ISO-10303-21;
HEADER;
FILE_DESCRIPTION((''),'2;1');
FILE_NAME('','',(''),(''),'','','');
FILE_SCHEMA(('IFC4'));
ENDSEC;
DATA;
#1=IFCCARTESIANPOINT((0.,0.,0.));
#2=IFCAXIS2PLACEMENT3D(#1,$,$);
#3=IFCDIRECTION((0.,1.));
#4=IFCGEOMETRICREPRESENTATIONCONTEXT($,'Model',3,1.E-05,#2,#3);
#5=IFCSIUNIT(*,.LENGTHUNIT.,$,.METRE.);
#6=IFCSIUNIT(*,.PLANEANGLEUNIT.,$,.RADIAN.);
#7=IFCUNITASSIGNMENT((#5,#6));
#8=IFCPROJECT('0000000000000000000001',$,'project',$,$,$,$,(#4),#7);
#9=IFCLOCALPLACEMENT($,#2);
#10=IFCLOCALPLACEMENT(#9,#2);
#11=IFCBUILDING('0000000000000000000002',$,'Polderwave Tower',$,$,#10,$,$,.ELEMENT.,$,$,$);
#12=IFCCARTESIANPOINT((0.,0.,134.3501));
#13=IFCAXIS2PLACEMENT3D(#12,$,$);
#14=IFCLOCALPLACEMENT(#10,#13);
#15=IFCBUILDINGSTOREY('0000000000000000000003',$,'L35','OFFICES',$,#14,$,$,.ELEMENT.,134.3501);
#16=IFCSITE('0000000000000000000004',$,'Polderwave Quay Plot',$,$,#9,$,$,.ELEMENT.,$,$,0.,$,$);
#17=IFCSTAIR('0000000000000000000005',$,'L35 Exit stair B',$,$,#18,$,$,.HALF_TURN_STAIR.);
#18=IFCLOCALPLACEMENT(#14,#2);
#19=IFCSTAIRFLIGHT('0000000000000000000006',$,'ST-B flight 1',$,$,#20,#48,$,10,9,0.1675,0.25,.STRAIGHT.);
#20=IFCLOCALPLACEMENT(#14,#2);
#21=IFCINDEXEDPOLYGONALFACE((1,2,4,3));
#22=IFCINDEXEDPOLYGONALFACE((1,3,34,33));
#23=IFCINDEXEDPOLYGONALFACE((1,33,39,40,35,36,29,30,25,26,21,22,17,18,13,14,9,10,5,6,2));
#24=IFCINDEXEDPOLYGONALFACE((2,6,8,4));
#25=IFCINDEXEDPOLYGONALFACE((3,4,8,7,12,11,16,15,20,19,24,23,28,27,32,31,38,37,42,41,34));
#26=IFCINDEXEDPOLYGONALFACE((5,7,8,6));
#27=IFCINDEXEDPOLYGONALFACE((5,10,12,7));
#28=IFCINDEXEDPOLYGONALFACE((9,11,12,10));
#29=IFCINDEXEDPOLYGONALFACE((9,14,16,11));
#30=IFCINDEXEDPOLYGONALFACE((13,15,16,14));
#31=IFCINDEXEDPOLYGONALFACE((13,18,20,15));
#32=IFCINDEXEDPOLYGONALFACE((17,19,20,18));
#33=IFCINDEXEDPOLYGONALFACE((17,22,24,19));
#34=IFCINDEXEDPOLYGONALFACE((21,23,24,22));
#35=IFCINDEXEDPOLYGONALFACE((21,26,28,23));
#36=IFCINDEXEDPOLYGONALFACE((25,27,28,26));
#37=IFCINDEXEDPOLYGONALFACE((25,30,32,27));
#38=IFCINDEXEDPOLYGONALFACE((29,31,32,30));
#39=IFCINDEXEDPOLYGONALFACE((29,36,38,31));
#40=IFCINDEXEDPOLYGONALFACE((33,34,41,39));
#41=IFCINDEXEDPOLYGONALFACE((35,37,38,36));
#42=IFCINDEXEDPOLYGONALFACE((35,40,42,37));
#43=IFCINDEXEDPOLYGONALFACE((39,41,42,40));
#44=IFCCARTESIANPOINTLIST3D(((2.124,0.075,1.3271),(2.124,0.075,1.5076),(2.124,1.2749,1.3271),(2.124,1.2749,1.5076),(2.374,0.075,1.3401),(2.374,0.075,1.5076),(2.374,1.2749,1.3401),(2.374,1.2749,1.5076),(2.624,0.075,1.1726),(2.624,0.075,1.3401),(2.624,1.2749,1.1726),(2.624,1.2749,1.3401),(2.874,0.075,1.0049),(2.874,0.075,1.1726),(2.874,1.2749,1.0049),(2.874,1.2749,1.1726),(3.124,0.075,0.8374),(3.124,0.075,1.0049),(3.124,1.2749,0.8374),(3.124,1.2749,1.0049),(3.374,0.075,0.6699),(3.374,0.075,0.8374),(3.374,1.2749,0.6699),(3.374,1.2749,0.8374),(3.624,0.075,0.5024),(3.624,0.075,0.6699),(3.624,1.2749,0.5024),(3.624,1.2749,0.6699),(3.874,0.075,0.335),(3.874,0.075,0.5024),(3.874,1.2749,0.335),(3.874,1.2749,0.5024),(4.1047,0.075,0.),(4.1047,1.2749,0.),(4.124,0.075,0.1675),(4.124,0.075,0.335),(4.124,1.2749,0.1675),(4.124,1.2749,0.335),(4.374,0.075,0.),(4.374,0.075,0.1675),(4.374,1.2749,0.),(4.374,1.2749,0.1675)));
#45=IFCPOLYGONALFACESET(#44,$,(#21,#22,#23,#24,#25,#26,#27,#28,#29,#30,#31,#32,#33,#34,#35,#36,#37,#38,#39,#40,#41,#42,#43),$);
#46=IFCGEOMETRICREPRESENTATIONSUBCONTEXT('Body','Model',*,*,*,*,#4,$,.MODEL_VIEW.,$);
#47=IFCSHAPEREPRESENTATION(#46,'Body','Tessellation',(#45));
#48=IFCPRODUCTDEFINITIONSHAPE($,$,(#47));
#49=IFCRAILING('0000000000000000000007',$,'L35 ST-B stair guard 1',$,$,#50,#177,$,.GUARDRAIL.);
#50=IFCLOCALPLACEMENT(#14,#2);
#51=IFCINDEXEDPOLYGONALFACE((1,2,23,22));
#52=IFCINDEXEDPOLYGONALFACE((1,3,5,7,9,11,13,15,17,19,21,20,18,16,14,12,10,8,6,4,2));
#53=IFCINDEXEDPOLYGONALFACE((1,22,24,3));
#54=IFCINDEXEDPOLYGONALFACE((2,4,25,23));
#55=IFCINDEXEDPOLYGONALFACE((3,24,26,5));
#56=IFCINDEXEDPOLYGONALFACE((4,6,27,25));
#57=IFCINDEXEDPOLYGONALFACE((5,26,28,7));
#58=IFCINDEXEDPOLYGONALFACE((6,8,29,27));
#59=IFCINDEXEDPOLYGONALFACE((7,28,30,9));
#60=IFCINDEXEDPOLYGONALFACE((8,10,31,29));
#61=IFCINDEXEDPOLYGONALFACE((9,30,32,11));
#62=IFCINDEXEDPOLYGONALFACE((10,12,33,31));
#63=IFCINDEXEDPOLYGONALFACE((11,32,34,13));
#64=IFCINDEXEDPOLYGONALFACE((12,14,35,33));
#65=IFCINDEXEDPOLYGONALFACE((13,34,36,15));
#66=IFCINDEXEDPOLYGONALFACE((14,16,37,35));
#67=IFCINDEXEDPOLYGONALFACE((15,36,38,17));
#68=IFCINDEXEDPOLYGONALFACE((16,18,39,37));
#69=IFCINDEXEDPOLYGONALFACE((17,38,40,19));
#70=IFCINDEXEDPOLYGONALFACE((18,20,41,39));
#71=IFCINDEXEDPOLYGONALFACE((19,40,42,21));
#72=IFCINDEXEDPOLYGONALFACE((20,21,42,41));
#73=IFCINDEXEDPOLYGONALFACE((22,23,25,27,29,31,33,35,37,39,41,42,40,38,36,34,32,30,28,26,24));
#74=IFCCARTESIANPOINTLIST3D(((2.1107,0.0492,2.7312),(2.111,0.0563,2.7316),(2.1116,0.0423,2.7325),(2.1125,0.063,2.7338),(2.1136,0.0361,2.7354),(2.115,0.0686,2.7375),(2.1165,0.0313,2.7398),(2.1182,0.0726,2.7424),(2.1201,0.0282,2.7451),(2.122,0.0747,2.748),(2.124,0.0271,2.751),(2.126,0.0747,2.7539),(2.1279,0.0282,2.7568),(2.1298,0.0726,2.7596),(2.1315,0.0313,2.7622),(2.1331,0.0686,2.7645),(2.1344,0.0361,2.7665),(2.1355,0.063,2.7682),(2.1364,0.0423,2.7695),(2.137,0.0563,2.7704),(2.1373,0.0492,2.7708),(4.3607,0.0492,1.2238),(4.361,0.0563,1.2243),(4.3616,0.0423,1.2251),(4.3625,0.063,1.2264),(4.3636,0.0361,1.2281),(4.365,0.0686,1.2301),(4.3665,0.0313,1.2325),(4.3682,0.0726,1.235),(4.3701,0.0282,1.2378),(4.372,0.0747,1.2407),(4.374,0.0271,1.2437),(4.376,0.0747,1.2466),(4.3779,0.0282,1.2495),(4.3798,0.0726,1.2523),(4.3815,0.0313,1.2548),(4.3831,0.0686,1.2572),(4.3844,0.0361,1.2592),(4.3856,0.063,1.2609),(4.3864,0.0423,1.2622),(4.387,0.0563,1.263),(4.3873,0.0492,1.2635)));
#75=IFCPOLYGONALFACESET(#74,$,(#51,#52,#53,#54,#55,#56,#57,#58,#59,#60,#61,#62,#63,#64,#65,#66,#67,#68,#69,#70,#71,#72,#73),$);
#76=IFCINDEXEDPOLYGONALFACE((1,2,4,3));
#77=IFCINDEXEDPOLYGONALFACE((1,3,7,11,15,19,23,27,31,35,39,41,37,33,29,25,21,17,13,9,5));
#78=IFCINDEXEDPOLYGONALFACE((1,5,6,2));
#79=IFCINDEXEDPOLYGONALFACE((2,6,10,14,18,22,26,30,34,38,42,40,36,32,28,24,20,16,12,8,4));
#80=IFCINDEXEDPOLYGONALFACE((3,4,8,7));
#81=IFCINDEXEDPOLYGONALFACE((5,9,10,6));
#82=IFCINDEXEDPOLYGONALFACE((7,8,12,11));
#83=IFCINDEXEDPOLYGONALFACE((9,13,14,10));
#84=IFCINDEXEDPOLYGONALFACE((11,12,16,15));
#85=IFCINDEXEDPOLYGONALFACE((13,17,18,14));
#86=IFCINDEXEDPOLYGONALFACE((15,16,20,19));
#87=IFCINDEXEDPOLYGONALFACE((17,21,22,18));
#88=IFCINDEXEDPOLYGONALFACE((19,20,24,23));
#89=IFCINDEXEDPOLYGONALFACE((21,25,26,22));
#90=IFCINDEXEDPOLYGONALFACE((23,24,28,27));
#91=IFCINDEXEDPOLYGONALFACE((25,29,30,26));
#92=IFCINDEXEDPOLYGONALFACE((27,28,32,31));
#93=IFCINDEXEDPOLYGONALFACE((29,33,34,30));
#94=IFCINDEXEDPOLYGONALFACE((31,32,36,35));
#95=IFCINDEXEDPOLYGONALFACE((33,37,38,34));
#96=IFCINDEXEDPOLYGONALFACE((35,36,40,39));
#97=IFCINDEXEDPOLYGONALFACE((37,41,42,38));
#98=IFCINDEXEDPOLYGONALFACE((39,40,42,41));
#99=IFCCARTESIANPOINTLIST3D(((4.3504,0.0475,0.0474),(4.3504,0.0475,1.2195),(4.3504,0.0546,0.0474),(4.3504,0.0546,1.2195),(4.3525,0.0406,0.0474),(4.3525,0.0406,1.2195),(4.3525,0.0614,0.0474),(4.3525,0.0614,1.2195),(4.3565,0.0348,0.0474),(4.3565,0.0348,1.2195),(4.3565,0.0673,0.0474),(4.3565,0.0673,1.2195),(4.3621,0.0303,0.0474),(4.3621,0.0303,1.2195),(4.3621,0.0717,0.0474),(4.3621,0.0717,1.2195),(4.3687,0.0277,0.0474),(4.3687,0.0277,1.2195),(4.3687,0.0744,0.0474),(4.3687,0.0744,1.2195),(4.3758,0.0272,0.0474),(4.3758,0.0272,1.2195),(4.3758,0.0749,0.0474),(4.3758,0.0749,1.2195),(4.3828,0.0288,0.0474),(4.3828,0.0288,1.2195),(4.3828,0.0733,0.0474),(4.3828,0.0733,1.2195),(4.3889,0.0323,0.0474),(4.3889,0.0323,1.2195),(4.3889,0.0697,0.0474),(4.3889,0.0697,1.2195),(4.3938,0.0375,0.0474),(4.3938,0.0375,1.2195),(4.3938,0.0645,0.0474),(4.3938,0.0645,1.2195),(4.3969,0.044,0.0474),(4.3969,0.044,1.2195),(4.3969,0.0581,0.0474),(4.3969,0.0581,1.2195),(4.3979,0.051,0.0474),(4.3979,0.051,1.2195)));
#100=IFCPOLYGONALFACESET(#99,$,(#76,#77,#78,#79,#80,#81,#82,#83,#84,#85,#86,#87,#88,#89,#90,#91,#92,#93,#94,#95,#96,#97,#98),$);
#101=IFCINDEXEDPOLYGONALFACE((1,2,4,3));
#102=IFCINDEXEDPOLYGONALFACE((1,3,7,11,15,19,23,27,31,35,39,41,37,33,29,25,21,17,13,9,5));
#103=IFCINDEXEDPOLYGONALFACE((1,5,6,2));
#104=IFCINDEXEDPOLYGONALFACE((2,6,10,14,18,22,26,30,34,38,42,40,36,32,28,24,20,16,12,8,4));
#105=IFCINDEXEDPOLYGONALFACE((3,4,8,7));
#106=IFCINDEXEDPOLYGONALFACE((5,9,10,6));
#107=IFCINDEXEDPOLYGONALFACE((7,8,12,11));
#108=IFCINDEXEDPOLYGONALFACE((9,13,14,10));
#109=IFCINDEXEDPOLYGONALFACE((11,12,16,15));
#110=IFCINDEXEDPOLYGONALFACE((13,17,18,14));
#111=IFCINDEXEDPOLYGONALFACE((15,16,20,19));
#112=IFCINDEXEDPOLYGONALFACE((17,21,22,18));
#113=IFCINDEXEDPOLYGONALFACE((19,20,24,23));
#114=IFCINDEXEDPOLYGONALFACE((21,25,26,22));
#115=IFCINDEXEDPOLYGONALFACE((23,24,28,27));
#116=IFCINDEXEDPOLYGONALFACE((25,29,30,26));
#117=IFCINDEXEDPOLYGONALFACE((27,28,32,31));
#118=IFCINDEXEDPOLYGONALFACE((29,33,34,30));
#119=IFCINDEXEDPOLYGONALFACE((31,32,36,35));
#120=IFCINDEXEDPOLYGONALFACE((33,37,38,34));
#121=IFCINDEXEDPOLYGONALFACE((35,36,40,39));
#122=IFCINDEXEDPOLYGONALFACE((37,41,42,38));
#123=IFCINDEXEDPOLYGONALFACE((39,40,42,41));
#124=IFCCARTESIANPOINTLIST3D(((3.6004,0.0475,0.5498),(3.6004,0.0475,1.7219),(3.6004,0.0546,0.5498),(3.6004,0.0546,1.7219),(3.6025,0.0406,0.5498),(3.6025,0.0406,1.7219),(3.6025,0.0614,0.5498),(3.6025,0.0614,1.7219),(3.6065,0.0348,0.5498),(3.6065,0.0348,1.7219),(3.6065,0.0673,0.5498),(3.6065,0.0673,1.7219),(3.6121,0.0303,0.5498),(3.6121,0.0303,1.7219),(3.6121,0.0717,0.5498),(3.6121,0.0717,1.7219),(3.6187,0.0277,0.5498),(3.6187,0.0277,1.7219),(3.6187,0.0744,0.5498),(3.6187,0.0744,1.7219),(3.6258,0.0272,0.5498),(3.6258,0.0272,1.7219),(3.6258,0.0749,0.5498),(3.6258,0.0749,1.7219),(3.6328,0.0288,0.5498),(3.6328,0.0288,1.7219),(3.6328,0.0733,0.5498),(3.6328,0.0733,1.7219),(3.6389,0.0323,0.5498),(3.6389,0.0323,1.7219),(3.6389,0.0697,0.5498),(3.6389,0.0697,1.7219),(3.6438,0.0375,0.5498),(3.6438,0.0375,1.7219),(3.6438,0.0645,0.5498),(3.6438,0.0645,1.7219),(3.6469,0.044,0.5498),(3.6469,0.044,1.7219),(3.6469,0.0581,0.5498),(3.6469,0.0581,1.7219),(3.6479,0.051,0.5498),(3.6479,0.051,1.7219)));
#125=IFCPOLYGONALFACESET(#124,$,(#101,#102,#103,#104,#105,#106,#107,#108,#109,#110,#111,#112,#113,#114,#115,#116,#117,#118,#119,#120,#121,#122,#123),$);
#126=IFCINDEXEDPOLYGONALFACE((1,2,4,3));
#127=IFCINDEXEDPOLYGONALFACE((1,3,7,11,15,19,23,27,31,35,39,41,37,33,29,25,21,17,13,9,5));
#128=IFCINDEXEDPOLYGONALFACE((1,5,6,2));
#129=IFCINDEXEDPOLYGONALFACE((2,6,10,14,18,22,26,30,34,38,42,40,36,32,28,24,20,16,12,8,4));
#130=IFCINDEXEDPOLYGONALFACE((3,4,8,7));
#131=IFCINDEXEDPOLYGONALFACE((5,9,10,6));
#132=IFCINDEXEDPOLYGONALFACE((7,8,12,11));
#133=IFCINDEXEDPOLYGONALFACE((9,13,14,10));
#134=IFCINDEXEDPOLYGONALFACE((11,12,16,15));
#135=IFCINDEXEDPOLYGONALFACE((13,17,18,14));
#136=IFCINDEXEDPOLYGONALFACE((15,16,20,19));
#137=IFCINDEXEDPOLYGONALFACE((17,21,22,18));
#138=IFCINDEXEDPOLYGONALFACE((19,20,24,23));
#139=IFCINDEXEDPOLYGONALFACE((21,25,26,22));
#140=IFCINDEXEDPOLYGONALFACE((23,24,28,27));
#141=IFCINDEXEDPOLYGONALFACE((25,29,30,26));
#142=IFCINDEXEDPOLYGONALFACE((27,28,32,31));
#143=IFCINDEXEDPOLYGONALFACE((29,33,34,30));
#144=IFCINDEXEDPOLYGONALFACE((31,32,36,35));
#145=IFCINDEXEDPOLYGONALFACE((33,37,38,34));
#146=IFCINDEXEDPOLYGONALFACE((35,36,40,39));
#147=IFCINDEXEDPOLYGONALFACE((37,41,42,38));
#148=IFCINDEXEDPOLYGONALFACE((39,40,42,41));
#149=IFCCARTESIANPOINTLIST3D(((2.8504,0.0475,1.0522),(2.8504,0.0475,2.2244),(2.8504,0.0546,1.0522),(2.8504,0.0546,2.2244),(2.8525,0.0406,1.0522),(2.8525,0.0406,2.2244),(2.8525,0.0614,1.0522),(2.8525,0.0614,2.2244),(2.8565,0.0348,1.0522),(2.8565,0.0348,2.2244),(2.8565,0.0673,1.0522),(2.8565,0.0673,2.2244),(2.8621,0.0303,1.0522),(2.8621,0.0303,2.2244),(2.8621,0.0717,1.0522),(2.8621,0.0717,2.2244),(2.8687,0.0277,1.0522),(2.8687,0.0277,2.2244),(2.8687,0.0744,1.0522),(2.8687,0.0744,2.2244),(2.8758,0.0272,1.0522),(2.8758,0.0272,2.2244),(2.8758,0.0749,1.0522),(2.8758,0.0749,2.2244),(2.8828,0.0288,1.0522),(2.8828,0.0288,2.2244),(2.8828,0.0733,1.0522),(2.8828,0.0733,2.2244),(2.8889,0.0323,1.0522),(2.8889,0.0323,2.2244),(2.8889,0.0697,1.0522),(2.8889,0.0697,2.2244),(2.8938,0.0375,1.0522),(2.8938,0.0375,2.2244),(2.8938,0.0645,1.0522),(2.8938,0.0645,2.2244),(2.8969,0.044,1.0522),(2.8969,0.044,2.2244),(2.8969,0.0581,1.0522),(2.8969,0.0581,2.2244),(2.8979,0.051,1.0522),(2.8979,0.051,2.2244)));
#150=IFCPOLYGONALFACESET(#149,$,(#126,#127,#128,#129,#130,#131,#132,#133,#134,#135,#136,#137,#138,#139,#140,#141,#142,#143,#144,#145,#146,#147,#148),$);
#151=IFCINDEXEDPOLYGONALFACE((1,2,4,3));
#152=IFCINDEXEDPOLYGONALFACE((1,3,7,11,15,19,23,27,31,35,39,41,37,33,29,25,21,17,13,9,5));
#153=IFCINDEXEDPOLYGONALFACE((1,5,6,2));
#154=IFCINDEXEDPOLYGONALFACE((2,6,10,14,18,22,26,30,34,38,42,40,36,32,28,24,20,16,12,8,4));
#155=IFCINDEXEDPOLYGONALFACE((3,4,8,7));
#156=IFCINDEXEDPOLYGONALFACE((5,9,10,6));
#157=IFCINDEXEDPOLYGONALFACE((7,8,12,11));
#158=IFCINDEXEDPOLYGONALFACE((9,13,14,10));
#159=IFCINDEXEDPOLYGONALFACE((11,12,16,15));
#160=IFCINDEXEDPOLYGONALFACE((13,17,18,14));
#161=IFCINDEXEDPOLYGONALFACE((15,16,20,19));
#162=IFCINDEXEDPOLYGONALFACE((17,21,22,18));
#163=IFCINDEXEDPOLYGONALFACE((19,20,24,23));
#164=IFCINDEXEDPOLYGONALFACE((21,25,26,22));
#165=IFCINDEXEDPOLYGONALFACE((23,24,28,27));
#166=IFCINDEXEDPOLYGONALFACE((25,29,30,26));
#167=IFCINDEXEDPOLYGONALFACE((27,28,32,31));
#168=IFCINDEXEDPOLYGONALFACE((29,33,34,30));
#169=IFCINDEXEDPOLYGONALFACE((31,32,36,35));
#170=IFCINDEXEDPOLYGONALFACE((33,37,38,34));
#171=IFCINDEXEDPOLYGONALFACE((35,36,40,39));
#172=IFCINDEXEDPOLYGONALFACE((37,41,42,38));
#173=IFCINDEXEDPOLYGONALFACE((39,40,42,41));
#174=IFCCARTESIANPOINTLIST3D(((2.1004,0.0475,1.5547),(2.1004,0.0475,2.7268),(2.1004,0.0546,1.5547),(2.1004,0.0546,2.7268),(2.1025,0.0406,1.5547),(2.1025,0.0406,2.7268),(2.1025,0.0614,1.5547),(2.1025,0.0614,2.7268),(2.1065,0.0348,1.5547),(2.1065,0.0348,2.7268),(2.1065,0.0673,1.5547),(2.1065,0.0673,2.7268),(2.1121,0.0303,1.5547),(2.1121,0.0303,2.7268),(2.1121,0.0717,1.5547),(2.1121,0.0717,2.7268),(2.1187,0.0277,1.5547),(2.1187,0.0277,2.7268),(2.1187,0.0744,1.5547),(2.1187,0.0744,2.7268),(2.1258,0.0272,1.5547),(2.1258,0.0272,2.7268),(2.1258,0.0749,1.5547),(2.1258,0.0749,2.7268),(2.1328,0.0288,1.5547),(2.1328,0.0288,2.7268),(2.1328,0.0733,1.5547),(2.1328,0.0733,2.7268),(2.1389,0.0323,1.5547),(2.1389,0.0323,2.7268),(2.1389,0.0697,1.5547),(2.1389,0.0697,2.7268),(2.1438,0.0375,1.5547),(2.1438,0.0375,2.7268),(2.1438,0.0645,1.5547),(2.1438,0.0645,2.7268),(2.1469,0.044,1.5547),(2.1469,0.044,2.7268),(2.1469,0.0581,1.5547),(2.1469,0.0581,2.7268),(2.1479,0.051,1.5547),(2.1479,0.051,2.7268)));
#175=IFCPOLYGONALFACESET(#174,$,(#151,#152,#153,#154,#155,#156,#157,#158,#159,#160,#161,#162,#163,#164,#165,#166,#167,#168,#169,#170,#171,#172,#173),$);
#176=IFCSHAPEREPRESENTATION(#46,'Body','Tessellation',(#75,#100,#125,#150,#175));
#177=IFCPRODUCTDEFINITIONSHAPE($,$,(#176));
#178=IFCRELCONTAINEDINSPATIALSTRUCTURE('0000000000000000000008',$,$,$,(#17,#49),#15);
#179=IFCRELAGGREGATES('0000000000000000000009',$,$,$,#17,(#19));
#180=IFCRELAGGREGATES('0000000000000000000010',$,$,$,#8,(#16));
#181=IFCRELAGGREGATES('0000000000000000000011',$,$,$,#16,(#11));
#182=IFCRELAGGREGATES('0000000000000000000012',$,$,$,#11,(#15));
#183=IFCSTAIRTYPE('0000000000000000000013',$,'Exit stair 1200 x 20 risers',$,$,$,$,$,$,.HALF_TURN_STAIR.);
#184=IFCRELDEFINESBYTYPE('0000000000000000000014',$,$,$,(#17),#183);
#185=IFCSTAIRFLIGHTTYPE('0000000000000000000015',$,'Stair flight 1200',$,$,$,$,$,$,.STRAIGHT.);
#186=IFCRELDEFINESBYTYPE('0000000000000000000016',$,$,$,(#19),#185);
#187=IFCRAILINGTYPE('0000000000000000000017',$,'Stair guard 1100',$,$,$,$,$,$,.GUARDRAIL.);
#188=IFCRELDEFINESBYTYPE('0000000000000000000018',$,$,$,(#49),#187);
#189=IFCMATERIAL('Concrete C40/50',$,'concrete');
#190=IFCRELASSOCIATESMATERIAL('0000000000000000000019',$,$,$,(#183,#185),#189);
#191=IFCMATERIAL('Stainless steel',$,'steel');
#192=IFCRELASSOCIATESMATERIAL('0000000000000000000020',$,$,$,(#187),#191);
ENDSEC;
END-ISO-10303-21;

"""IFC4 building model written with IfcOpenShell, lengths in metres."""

from ifc_helpers import new_model, si_unit, direction, frame, origin, origin_2d, place, context, subcontext, project, spatial, polyline, circle, outline, extrude, material, type_object, element, aggregate, save


model = new_model("IFC4")

# Units and contexts
model_context = context("Model", 3, precision=1e-05, world=origin(), true_north=direction((0.0, 1.0)))
body_context = subcontext(model_context, "Body", "Model", "MODEL_VIEW")
ifc_project = project(units=[si_unit("LENGTHUNIT", "METRE"), si_unit("PLANEANGLEUNIT", "RADIAN")], contexts=[model_context])

# Site, building, storey
site_placement = place(None, origin())
site = spatial("IfcSite", under=ifc_project, at=site_placement, Name="Polderwave Quay Plot", CompositionType="ELEMENT", RefElevation=0.0)
building_placement = place(site_placement, origin())
building = spatial("IfcBuilding", under=site, at=building_placement, Name="Polderwave Tower", CompositionType="ELEMENT")
storey_placement = place(building_placement, frame((0.0, 0.0, 134.3501)))
storey = spatial("IfcBuildingStorey", under=building, at=storey_placement, Name="L35", Description="OFFICES", CompositionType="ELEMENT", Elevation=134.3501)

# Shared definitions
ifc_material_1 = material(Name="Stainless steel", Category="steel")

# Stair, stair flight
ifc_material_2 = material(Name="Concrete C40/50", Category="concrete")
stair_type = type_object("IfcStairType", Name="Exit stair 1200 x 20 risers", PredefinedType="HALF_TURN_STAIR", material=ifc_material_2)
stair_placement = place(storey_placement, origin())
stair = element("IfcStair", 1, at=stair_placement, inside=storey, type_object=stair_type, Name="L35 Exit stair B", PredefinedType="HALF_TURN_STAIR")
stair_flight_type = type_object("IfcStairFlightType", Name="Stair flight 1200", PredefinedType="STRAIGHT", material=ifc_material_2)
stair_flight_placement = place(storey_placement, frame((4.374, 0.675, 0.0), z_axis=(0.0, 0.0, 1.0), x_axis=(-1.0, 0.0, 0.0)))
stair_flight = element("IfcStairFlight", 2, at=stair_flight_placement, type_object=stair_flight_type, Name="ST-B flight 1", NumberOfRisers=10, NumberOfTreads=9, PredefinedType="STRAIGHT", RiserHeight=0.1675, TreadLength=0.25, context=body_context, shape_type="SweptSolid", body=[
    extrude(outline(polyline([(0.0, 0.0), (0.0, 0.1675), (0.25, 0.1675), (0.25, 0.335), (0.5, 0.335), (0.5, 0.5024), (0.75, 0.5024), (0.75, 0.6699), (1.0, 0.6699), (1.0, 0.8374), (1.25, 0.8374), (1.25, 1.0049), (1.5, 1.0049), (1.5, 1.1726), (1.75, 1.1726), (1.75, 1.3401), (2.0, 1.3401), (2.0, 1.5076), (2.25, 1.5076), (2.25, 1.675), (2.25, 1.3271), (0.2693, 0.0), (0.0, 0.0)])), frame((0.0, 0.6001, 0.0), z_axis=(0.0, -1.0, 0.0), x_axis=(1.0, 0.0, 0.0)), (0.0, 0.0, 1.0), 1.2),
])
aggregate(stair, [stair_flight])

# Railing
railing_type_1 = type_object("IfcRailingType", Name="Stair guard 1100", PredefinedType="GUARDRAIL", material=ifc_material_1)
railing_1_placement = place(storey_placement, frame((4.374, 0.051, 0.0474)))
element("IfcRailing", 3, at=railing_1_placement, inside=storey, type_object=railing_type_1, Name="L35 ST-B stair guard 1", PredefinedType="GUARDRAIL", context=body_context, shape_type="SweptSolid", body=[
    extrude(circle(Radius=0.0239, at=origin_2d()), frame((0.0, 0.0, 1.1963), z_axis=(-0.8308, 0.0, 0.556571), x_axis=(0.0, -1.0, 0.0)), (0.0, 0.0, 1.0), 2.7083),
    extrude(circle(Radius=0.0239, at=origin_2d()), origin(), (0.0, 0.0, 1.0), 1.1721),
    extrude(circle(Radius=0.0239, at=origin_2d()), frame((-0.75, 0.0, 0.5024)), (0.0, 0.0, 1.0), 1.1721),
    extrude(circle(Radius=0.0239, at=origin_2d()), frame((-1.5, 0.0, 1.0049)), (0.0, 0.0, 1.0), 1.1721),
    extrude(circle(Radius=0.0239, at=origin_2d()), frame((-2.25, 0.0, 1.5073)), (0.0, 0.0, 1.0), 1.1721),
])

save(model, "model.ifc")
